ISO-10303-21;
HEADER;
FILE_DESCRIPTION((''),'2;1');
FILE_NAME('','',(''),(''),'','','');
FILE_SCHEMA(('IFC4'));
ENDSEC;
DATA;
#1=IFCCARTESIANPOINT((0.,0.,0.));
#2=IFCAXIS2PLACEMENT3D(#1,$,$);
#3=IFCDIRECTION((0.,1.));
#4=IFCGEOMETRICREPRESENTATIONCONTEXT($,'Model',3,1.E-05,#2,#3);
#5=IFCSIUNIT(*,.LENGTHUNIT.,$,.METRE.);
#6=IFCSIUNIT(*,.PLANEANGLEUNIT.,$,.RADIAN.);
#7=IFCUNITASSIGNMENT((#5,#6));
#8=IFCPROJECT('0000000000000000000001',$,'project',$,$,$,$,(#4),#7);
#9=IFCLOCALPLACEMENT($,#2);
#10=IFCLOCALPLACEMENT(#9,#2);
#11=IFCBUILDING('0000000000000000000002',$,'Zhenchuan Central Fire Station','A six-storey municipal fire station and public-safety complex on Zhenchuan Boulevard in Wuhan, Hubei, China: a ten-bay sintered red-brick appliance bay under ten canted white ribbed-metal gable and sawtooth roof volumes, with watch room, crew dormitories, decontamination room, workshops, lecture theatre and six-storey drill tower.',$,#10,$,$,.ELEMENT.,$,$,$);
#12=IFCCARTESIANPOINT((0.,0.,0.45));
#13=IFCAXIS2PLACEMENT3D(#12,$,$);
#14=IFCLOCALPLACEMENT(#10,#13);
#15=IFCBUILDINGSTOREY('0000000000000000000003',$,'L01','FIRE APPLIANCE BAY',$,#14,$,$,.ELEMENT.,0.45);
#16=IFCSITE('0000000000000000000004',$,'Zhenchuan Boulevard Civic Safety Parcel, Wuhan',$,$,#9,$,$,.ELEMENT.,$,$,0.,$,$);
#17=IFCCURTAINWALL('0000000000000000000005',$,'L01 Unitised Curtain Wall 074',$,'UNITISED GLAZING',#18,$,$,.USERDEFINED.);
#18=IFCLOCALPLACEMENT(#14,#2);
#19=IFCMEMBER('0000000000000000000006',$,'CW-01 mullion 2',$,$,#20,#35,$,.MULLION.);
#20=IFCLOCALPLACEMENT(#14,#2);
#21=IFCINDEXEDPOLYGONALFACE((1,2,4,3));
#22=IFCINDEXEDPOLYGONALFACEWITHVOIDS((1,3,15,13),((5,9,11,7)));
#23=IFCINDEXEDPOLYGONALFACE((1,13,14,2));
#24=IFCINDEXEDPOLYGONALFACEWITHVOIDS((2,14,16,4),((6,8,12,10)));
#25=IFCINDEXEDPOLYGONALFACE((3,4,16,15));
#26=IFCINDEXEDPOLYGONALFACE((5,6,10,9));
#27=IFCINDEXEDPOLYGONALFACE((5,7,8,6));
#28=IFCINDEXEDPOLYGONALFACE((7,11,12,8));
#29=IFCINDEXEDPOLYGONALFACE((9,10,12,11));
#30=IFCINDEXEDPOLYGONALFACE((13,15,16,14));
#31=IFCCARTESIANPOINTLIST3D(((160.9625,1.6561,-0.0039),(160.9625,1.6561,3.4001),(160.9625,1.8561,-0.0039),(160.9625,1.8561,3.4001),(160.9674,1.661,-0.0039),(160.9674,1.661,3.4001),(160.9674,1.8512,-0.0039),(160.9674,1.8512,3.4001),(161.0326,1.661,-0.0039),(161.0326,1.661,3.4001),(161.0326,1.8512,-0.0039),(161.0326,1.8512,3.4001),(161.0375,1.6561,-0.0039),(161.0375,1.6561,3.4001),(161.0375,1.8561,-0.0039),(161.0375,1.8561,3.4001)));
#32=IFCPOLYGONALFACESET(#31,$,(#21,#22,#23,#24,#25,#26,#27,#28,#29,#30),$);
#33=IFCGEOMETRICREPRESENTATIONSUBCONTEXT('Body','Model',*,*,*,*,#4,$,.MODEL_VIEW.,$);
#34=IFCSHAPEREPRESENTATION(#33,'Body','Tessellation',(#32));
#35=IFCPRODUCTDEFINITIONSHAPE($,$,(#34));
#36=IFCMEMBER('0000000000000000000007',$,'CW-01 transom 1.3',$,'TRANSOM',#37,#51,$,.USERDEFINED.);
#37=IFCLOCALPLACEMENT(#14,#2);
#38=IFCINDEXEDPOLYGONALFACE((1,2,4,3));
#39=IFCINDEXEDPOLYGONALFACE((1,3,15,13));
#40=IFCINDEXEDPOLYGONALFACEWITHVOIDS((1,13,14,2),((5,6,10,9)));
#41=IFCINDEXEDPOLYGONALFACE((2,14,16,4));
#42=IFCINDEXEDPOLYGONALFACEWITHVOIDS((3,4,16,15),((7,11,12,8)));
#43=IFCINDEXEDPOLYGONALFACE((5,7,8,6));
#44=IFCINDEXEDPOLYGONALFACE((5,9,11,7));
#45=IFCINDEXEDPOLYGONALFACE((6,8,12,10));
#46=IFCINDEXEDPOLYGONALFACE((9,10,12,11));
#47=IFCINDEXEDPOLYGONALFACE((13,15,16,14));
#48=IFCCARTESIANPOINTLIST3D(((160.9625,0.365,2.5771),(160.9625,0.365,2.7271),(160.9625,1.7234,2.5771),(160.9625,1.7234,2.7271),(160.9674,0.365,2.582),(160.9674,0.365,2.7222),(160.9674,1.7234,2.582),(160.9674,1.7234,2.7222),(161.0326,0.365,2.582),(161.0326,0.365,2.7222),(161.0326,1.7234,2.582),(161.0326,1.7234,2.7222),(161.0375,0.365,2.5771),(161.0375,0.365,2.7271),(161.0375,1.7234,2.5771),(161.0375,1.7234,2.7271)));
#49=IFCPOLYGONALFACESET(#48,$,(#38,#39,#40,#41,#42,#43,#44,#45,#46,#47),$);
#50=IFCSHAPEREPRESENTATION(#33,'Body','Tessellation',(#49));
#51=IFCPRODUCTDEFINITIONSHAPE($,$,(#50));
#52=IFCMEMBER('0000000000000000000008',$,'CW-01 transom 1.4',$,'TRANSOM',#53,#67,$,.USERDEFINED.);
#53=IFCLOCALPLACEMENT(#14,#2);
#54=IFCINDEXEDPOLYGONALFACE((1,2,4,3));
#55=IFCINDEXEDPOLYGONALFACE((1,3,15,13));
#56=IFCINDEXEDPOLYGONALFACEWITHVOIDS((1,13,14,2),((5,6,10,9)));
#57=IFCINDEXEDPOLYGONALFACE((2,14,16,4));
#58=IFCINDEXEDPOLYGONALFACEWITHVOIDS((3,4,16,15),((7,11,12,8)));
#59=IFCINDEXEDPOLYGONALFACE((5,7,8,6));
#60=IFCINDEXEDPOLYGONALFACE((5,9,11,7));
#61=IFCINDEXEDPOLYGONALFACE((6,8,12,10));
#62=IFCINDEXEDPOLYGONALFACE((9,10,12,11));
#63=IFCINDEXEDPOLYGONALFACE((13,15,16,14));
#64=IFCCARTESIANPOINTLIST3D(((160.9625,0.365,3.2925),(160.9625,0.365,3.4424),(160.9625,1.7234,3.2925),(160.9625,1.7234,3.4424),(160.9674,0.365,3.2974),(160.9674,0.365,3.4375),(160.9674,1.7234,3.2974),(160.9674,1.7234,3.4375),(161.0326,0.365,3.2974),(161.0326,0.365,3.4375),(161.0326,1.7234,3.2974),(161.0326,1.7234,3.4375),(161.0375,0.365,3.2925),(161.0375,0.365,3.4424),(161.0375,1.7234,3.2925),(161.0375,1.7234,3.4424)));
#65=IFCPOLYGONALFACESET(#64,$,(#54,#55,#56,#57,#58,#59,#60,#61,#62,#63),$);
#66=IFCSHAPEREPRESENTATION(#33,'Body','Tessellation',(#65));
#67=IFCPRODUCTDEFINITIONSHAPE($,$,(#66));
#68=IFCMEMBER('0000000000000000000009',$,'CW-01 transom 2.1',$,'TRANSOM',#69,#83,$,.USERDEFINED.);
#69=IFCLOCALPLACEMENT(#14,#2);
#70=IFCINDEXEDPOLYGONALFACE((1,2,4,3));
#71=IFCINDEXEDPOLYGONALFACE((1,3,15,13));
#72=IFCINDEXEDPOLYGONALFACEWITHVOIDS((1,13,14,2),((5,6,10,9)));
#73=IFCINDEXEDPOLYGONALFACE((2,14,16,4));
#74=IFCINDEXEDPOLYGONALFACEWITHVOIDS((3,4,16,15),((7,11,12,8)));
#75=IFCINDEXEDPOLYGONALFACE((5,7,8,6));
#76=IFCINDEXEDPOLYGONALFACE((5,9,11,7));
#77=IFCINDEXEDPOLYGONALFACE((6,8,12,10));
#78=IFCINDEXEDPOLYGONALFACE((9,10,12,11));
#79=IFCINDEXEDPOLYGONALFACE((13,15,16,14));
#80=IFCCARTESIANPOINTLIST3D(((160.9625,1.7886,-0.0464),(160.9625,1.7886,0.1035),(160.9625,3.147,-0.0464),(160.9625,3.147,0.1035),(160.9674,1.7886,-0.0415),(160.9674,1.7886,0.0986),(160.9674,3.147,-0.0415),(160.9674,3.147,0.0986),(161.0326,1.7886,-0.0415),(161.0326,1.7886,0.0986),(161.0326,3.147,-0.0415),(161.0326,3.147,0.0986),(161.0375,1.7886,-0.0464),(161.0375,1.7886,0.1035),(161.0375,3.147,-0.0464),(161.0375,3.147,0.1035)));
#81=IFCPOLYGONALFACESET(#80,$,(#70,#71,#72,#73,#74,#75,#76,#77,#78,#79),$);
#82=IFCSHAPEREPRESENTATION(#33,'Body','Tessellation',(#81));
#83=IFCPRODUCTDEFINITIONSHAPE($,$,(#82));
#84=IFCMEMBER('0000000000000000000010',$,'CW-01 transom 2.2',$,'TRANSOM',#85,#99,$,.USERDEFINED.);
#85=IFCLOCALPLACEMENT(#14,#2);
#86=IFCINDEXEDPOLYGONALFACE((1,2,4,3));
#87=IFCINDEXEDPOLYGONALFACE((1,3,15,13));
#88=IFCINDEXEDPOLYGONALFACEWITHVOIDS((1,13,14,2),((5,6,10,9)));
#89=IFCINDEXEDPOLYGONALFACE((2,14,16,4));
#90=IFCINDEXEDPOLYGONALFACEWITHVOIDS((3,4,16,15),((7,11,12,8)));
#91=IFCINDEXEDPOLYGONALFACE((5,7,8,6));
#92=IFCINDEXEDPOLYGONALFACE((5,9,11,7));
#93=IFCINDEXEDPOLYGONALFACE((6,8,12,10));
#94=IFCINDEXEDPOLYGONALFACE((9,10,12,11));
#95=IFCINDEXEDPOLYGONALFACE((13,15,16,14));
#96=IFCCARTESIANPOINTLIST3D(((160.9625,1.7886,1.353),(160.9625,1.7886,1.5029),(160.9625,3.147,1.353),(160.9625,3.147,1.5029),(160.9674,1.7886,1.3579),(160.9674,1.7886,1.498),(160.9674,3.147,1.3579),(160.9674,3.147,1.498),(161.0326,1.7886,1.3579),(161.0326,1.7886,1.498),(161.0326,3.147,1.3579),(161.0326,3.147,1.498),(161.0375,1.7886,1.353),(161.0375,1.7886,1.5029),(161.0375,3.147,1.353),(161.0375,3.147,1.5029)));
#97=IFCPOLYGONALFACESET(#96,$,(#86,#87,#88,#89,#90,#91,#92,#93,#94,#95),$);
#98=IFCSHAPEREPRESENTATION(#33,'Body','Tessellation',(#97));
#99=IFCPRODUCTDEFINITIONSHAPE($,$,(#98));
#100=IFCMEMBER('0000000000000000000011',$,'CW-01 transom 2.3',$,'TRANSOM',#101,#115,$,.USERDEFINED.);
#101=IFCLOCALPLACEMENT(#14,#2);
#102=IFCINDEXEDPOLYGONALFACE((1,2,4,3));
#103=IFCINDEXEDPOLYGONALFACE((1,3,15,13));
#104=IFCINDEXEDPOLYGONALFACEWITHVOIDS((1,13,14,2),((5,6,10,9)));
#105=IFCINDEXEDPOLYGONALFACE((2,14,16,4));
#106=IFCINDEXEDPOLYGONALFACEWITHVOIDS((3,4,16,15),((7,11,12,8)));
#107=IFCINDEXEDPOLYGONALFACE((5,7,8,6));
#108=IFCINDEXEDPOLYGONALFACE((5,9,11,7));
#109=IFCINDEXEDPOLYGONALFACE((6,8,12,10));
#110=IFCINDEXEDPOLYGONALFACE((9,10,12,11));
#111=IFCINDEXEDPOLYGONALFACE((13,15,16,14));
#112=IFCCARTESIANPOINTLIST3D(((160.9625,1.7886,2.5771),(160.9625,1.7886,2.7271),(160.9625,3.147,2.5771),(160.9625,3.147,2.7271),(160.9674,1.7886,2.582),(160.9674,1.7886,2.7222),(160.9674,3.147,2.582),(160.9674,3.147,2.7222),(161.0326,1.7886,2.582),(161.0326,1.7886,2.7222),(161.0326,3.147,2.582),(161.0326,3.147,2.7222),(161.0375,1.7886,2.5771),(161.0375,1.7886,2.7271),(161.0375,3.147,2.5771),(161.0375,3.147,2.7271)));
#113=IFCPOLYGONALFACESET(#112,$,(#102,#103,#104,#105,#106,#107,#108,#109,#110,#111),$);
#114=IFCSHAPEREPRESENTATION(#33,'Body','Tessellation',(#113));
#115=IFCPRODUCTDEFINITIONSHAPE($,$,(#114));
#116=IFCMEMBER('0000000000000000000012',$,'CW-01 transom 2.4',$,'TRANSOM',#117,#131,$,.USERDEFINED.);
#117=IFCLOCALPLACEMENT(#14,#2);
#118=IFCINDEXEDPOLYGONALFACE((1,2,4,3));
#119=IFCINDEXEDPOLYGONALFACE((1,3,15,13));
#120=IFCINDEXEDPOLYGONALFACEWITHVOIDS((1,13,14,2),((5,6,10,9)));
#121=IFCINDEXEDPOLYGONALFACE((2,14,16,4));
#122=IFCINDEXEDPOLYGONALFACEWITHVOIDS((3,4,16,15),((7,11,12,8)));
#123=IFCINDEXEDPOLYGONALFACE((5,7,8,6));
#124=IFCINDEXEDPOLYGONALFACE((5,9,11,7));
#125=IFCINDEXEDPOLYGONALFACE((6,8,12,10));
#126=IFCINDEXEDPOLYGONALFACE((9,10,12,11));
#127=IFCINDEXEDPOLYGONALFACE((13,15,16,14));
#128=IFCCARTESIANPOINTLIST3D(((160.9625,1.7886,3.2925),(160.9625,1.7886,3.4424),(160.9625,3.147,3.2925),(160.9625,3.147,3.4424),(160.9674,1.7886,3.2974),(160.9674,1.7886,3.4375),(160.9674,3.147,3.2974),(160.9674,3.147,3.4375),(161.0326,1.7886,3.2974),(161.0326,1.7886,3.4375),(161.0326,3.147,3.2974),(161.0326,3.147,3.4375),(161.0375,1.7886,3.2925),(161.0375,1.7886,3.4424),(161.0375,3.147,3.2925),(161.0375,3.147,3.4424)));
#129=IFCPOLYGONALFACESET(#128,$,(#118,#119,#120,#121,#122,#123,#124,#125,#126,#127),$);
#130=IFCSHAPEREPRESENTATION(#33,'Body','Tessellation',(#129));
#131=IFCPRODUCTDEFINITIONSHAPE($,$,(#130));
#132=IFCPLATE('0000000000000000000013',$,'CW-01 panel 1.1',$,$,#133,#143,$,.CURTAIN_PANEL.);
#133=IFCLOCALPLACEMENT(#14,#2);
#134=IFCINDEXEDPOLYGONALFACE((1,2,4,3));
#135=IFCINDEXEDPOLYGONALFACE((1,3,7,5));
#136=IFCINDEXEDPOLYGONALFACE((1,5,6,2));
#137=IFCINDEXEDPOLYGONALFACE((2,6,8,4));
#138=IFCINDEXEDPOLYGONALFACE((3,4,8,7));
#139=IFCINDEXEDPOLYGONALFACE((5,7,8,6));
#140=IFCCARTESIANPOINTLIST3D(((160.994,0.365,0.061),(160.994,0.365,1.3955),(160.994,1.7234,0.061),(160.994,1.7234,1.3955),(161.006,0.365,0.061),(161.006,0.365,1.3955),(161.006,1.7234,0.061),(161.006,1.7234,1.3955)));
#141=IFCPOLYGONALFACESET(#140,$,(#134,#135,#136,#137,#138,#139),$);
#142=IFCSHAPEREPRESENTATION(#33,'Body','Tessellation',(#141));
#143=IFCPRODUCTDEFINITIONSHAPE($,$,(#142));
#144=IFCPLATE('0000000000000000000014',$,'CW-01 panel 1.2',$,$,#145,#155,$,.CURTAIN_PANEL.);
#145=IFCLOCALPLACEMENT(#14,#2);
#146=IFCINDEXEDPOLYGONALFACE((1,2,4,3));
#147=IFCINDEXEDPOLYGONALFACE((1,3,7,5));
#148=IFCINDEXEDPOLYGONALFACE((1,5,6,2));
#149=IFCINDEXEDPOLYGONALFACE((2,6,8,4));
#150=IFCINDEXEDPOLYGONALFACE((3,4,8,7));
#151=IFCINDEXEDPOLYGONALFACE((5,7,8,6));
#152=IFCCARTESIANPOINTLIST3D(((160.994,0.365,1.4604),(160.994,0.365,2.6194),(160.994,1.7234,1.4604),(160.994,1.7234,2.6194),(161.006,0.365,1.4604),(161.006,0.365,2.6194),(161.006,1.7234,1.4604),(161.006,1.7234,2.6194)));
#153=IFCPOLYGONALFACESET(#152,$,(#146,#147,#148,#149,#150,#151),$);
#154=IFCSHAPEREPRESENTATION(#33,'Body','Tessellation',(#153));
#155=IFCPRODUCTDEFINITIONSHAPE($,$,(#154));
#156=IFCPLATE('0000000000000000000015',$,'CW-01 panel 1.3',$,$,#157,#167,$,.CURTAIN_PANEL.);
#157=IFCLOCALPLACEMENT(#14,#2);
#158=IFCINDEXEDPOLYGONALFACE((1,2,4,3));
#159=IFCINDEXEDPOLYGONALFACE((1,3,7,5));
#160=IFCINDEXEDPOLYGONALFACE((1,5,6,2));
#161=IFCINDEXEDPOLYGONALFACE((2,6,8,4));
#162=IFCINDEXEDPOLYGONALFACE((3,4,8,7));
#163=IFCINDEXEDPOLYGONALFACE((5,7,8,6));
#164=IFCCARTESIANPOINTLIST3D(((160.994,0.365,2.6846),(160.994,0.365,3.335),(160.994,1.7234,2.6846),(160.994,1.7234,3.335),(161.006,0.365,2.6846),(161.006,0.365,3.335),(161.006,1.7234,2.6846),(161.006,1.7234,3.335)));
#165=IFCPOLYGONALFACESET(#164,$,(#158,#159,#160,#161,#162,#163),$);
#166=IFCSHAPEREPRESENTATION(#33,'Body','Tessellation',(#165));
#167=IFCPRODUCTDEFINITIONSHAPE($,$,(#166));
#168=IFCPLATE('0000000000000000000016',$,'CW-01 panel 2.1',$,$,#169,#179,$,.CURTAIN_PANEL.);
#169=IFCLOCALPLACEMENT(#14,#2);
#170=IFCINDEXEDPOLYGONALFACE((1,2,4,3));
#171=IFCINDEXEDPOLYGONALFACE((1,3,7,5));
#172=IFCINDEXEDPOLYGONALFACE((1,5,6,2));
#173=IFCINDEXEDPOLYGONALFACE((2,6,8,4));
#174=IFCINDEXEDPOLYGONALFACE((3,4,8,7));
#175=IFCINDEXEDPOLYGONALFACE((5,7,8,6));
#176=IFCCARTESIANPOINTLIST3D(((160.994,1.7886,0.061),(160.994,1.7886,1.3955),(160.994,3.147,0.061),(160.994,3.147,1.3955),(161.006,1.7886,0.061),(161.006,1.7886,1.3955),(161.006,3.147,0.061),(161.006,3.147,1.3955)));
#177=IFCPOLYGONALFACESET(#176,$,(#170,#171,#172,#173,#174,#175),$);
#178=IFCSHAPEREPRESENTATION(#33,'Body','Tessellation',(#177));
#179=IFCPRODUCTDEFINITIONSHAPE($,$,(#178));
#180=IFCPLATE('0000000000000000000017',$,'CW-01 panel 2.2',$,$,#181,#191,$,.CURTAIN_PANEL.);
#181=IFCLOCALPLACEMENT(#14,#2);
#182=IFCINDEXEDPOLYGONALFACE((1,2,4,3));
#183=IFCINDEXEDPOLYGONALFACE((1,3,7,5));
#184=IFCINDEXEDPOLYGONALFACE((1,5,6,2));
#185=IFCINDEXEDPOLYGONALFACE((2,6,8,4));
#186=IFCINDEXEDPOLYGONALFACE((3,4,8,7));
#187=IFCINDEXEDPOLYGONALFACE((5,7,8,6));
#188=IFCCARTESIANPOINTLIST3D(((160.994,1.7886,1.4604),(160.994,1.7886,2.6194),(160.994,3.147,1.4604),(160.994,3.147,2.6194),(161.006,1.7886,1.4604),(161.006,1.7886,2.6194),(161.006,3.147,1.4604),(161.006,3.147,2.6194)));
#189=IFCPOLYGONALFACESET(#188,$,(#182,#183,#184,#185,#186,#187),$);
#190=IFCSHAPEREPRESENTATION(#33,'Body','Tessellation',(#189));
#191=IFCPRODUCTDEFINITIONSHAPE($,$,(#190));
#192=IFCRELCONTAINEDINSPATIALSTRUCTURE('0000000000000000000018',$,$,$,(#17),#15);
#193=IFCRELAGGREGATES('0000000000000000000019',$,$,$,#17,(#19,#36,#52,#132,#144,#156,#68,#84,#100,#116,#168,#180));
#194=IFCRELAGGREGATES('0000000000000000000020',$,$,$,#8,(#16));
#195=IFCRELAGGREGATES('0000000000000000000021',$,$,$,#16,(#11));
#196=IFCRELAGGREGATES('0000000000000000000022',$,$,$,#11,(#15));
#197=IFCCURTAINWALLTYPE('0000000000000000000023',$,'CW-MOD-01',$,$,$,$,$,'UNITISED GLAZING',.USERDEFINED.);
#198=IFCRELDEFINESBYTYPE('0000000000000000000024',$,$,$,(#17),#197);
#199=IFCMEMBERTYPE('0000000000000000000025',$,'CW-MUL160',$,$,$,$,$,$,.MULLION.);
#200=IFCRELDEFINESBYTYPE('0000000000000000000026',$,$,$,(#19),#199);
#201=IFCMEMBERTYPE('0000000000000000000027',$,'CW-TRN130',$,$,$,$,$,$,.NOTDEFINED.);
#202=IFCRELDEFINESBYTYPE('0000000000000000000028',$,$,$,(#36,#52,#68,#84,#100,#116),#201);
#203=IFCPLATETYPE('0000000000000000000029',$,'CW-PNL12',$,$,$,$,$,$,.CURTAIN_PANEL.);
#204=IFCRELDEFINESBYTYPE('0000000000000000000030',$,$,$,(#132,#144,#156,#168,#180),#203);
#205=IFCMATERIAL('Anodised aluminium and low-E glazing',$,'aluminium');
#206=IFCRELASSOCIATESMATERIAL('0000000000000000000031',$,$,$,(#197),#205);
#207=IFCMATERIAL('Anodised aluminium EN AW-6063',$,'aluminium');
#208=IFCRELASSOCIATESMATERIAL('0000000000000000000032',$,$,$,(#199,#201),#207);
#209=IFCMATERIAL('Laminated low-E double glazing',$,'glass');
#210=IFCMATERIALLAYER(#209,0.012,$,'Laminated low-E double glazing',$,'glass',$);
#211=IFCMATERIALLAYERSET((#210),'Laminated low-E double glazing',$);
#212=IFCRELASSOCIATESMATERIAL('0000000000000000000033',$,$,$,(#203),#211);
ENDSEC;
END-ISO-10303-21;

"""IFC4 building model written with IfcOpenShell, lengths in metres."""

from ifc_helpers import new_model, si_unit, direction, frame, origin, origin_2d, place, context, subcontext, project, spatial, rectangle, hollow_rectangle, extrude, material, layer, layer_set, material_profile, profile_set, type_object, element, aggregate, save


model = new_model("IFC4")

# Units and contexts
model_context = context("Model", 3, precision=1e-05, world=origin(), true_north=direction((0.0, 1.0)))
body_context = subcontext(model_context, "Body", "Model", "MODEL_VIEW")
ifc_project = project(units=[si_unit("LENGTHUNIT", "METRE"), si_unit("PLANEANGLEUNIT", "RADIAN")], contexts=[model_context])

# Site, building, storey
site_placement = place(None, origin())
site = spatial("IfcSite", under=ifc_project, at=site_placement, Name="Zhenchuan Boulevard Civic Safety Parcel, Wuhan", CompositionType="ELEMENT", RefElevation=0.0)
building_placement = place(site_placement, origin())
building = spatial("IfcBuilding", under=site, at=building_placement, Name="Zhenchuan Central Fire Station", Description="A six-storey municipal fire station and public-safety complex on Zhenchuan Boulevard in Wuhan, Hubei, China: a ten-bay sintered red-brick appliance bay under ten canted white ribbed-metal gable and sawtooth roof volumes, with watch room, crew dormitories, decontamination room, workshops, lecture theatre and six-storey drill tower.", CompositionType="ELEMENT")
storey_placement = place(building_placement, frame((0.0, 0.0, 0.45)))
storey = spatial("IfcBuildingStorey", under=building, at=storey_placement, Name="L01", Description="FIRE APPLIANCE BAY", CompositionType="ELEMENT", Elevation=0.45)

# Curtain wall, members, plates
ifc_material_1 = material(Name="Anodised aluminium and low-E glazing", Category="aluminium")
curtain_wall_type = type_object("IfcCurtainWallType", Name="CW-MOD-01", ElementType="UNITISED GLAZING", PredefinedType="USERDEFINED", material=ifc_material_1)
curtain_wall_placement = place(storey_placement, origin())
curtain_wall = element("IfcCurtainWall", 1, at=curtain_wall_placement, inside=storey, type_object=curtain_wall_type, Name="L01 Unitised Curtain Wall 074", ObjectType="UNITISED GLAZING", PredefinedType="USERDEFINED")
ifc_material_2 = material(Name="Anodised aluminium EN AW-6063", Category="aluminium")
ifc_material_profile_1 = material_profile(ifc_material_2, hollow_rectangle(XDim=0.075, YDim=0.2, WallThickness=0.0049, at=origin_2d()), Name="ALU-M 200x75")
ifc_profile_set_1 = profile_set([ifc_material_profile_1], Name="Anodised aluminium EN AW-6063")
member_type_1 = type_object("IfcMemberType", Name="CW-MUL160", PredefinedType="MULLION", material=ifc_profile_set_1)
member_1_placement = place(storey_placement, frame((161.0, 1.7561, -0.0039), z_axis=(0.0, 0.0, 1.0), x_axis=(-1.0, 0.0, 0.0)))
member_1 = element("IfcMember", 2, at=member_1_placement, type_object=member_type_1, Name="CW-01 mullion 2", PredefinedType="MULLION", context=body_context, shape_type="SweptSolid", body=[
    extrude(hollow_rectangle(XDim=0.075, YDim=0.2, WallThickness=0.0049, at=origin_2d()), origin(), (0.0, 0.0, 1.0), 3.4041),
])
ifc_material_profile_2 = material_profile(ifc_material_2, hollow_rectangle(XDim=0.075, YDim=0.1499, WallThickness=0.0049, at=origin_2d()), Name="ALU-T 150x75")
ifc_profile_set_2 = profile_set([ifc_material_profile_2], Name="Anodised aluminium EN AW-6063")
member_type_2 = type_object("IfcMemberType", Name="CW-TRN130", PredefinedType="NOTDEFINED", material=ifc_profile_set_2)
member_2_placement = place(storey_placement, frame((161.0, 0.365, 2.6521), z_axis=(0.0, 1.0, 0.0), x_axis=(-1.0, 0.0, 0.0)))
member_2 = element("IfcMember", 3, at=member_2_placement, type_object=member_type_2, Name="CW-01 transom 1.3", ObjectType="TRANSOM", PredefinedType="USERDEFINED", context=body_context, shape_type="SweptSolid", body=[
    extrude(hollow_rectangle(XDim=0.075, YDim=0.1499, WallThickness=0.0049, at=origin_2d()), origin(), (0.0, 0.0, 1.0), 1.3584),
])
member_3_placement = place(storey_placement, frame((161.0, 0.365, 3.3674), z_axis=(0.0, 1.0, 0.0), x_axis=(-1.0, 0.0, 0.0)))
member_3 = element("IfcMember", 4, at=member_3_placement, type_object=member_type_2, Name="CW-01 transom 1.4", ObjectType="TRANSOM", PredefinedType="USERDEFINED", context=body_context, shape_type="SweptSolid", body=[
    extrude(hollow_rectangle(XDim=0.075, YDim=0.1499, WallThickness=0.0049, at=origin_2d()), origin(), (0.0, 0.0, 1.0), 1.3584),
])
member_4_placement = place(storey_placement, frame((161.0, 1.7886, 0.0286), z_axis=(0.0, 1.0, 0.0), x_axis=(-1.0, 0.0, 0.0)))
member_4 = element("IfcMember", 5, at=member_4_placement, type_object=member_type_2, Name="CW-01 transom 2.1", ObjectType="TRANSOM", PredefinedType="USERDEFINED", context=body_context, shape_type="SweptSolid", body=[
    extrude(hollow_rectangle(XDim=0.075, YDim=0.1499, WallThickness=0.0049, at=origin_2d()), origin(), (0.0, 0.0, 1.0), 1.3584),
])
member_5_placement = place(storey_placement, frame((161.0, 1.7886, 1.428), z_axis=(0.0, 1.0, 0.0), x_axis=(-1.0, 0.0, 0.0)))
member_5 = element("IfcMember", 6, at=member_5_placement, type_object=member_type_2, Name="CW-01 transom 2.2", ObjectType="TRANSOM", PredefinedType="USERDEFINED", context=body_context, shape_type="SweptSolid", body=[
    extrude(hollow_rectangle(XDim=0.075, YDim=0.1499, WallThickness=0.0049, at=origin_2d()), origin(), (0.0, 0.0, 1.0), 1.3584),
])
member_6_placement = place(storey_placement, frame((161.0, 1.7886, 2.6521), z_axis=(0.0, 1.0, 0.0), x_axis=(-1.0, 0.0, 0.0)))
member_6 = element("IfcMember", 7, at=member_6_placement, type_object=member_type_2, Name="CW-01 transom 2.3", ObjectType="TRANSOM", PredefinedType="USERDEFINED", context=body_context, shape_type="SweptSolid", body=[
    extrude(hollow_rectangle(XDim=0.075, YDim=0.1499, WallThickness=0.0049, at=origin_2d()), origin(), (0.0, 0.0, 1.0), 1.3584),
])
member_7_placement = place(storey_placement, frame((161.0, 1.7886, 3.3674), z_axis=(0.0, 1.0, 0.0), x_axis=(-1.0, 0.0, 0.0)))
member_7 = element("IfcMember", 8, at=member_7_placement, type_object=member_type_2, Name="CW-01 transom 2.4", ObjectType="TRANSOM", PredefinedType="USERDEFINED", context=body_context, shape_type="SweptSolid", body=[
    extrude(hollow_rectangle(XDim=0.075, YDim=0.1499, WallThickness=0.0049, at=origin_2d()), origin(), (0.0, 0.0, 1.0), 1.3584),
])
ifc_material_3 = material(Name="Laminated low-E double glazing", Category="glass")
ifc_layer_1 = layer(ifc_material_3, 0.012, Name="Laminated low-E double glazing", Category="glass")
ifc_layer_set_1 = layer_set([ifc_layer_1], Name="Laminated low-E double glazing")
plate_type = type_object("IfcPlateType", Name="CW-PNL12", PredefinedType="CURTAIN_PANEL", material=ifc_layer_set_1)
plate_1_placement = place(storey_placement, frame((161.0, 1.0442, 0.061), z_axis=(0.0, 0.0, 1.0), x_axis=(0.0, 1.0, 0.0)))
plate_1 = element("IfcPlate", 9, at=plate_1_placement, type_object=plate_type, Name="CW-01 panel 1.1", PredefinedType="CURTAIN_PANEL", context=body_context, shape_type="SweptSolid", body=[
    extrude(rectangle(XDim=1.3584, YDim=0.012, at=origin_2d()), origin(), (0.0, 0.0, 1.0), 1.3345),
])
plate_2_placement = place(storey_placement, frame((161.0, 1.0442, 1.4604), z_axis=(0.0, 0.0, 1.0), x_axis=(0.0, 1.0, 0.0)))
plate_2 = element("IfcPlate", 10, at=plate_2_placement, type_object=plate_type, Name="CW-01 panel 1.2", PredefinedType="CURTAIN_PANEL", context=body_context, shape_type="SweptSolid", body=[
    extrude(rectangle(XDim=1.3584, YDim=0.012, at=origin_2d()), origin(), (0.0, 0.0, 1.0), 1.1589),
])
plate_3_placement = place(storey_placement, frame((161.0, 1.0442, 2.6846), z_axis=(0.0, 0.0, 1.0), x_axis=(0.0, 1.0, 0.0)))
plate_3 = element("IfcPlate", 11, at=plate_3_placement, type_object=plate_type, Name="CW-01 panel 1.3", PredefinedType="CURTAIN_PANEL", context=body_context, shape_type="SweptSolid", body=[
    extrude(rectangle(XDim=1.3584, YDim=0.012, at=origin_2d()), origin(), (0.0, 0.0, 1.0), 0.6504),
])
plate_4_placement = place(storey_placement, frame((161.0, 2.4678, 0.061), z_axis=(0.0, 0.0, 1.0), x_axis=(0.0, 1.0, 0.0)))
plate_4 = element("IfcPlate", 12, at=plate_4_placement, type_object=plate_type, Name="CW-01 panel 2.1", PredefinedType="CURTAIN_PANEL", context=body_context, shape_type="SweptSolid", body=[
    extrude(rectangle(XDim=1.3584, YDim=0.012, at=origin_2d()), origin(), (0.0, 0.0, 1.0), 1.3345),
])
plate_5_placement = place(storey_placement, frame((161.0, 2.4678, 1.4604), z_axis=(0.0, 0.0, 1.0), x_axis=(0.0, 1.0, 0.0)))
plate_5 = element("IfcPlate", 13, at=plate_5_placement, type_object=plate_type, Name="CW-01 panel 2.2", PredefinedType="CURTAIN_PANEL", context=body_context, shape_type="SweptSolid", body=[
    extrude(rectangle(XDim=1.3584, YDim=0.012, at=origin_2d()), origin(), (0.0, 0.0, 1.0), 1.1589),
])
aggregate(curtain_wall, [member_1, member_2, member_3, plate_1, plate_2, plate_3, member_4, member_5, member_6, member_7, plate_4, plate_5])

save(model, "model.ifc")
